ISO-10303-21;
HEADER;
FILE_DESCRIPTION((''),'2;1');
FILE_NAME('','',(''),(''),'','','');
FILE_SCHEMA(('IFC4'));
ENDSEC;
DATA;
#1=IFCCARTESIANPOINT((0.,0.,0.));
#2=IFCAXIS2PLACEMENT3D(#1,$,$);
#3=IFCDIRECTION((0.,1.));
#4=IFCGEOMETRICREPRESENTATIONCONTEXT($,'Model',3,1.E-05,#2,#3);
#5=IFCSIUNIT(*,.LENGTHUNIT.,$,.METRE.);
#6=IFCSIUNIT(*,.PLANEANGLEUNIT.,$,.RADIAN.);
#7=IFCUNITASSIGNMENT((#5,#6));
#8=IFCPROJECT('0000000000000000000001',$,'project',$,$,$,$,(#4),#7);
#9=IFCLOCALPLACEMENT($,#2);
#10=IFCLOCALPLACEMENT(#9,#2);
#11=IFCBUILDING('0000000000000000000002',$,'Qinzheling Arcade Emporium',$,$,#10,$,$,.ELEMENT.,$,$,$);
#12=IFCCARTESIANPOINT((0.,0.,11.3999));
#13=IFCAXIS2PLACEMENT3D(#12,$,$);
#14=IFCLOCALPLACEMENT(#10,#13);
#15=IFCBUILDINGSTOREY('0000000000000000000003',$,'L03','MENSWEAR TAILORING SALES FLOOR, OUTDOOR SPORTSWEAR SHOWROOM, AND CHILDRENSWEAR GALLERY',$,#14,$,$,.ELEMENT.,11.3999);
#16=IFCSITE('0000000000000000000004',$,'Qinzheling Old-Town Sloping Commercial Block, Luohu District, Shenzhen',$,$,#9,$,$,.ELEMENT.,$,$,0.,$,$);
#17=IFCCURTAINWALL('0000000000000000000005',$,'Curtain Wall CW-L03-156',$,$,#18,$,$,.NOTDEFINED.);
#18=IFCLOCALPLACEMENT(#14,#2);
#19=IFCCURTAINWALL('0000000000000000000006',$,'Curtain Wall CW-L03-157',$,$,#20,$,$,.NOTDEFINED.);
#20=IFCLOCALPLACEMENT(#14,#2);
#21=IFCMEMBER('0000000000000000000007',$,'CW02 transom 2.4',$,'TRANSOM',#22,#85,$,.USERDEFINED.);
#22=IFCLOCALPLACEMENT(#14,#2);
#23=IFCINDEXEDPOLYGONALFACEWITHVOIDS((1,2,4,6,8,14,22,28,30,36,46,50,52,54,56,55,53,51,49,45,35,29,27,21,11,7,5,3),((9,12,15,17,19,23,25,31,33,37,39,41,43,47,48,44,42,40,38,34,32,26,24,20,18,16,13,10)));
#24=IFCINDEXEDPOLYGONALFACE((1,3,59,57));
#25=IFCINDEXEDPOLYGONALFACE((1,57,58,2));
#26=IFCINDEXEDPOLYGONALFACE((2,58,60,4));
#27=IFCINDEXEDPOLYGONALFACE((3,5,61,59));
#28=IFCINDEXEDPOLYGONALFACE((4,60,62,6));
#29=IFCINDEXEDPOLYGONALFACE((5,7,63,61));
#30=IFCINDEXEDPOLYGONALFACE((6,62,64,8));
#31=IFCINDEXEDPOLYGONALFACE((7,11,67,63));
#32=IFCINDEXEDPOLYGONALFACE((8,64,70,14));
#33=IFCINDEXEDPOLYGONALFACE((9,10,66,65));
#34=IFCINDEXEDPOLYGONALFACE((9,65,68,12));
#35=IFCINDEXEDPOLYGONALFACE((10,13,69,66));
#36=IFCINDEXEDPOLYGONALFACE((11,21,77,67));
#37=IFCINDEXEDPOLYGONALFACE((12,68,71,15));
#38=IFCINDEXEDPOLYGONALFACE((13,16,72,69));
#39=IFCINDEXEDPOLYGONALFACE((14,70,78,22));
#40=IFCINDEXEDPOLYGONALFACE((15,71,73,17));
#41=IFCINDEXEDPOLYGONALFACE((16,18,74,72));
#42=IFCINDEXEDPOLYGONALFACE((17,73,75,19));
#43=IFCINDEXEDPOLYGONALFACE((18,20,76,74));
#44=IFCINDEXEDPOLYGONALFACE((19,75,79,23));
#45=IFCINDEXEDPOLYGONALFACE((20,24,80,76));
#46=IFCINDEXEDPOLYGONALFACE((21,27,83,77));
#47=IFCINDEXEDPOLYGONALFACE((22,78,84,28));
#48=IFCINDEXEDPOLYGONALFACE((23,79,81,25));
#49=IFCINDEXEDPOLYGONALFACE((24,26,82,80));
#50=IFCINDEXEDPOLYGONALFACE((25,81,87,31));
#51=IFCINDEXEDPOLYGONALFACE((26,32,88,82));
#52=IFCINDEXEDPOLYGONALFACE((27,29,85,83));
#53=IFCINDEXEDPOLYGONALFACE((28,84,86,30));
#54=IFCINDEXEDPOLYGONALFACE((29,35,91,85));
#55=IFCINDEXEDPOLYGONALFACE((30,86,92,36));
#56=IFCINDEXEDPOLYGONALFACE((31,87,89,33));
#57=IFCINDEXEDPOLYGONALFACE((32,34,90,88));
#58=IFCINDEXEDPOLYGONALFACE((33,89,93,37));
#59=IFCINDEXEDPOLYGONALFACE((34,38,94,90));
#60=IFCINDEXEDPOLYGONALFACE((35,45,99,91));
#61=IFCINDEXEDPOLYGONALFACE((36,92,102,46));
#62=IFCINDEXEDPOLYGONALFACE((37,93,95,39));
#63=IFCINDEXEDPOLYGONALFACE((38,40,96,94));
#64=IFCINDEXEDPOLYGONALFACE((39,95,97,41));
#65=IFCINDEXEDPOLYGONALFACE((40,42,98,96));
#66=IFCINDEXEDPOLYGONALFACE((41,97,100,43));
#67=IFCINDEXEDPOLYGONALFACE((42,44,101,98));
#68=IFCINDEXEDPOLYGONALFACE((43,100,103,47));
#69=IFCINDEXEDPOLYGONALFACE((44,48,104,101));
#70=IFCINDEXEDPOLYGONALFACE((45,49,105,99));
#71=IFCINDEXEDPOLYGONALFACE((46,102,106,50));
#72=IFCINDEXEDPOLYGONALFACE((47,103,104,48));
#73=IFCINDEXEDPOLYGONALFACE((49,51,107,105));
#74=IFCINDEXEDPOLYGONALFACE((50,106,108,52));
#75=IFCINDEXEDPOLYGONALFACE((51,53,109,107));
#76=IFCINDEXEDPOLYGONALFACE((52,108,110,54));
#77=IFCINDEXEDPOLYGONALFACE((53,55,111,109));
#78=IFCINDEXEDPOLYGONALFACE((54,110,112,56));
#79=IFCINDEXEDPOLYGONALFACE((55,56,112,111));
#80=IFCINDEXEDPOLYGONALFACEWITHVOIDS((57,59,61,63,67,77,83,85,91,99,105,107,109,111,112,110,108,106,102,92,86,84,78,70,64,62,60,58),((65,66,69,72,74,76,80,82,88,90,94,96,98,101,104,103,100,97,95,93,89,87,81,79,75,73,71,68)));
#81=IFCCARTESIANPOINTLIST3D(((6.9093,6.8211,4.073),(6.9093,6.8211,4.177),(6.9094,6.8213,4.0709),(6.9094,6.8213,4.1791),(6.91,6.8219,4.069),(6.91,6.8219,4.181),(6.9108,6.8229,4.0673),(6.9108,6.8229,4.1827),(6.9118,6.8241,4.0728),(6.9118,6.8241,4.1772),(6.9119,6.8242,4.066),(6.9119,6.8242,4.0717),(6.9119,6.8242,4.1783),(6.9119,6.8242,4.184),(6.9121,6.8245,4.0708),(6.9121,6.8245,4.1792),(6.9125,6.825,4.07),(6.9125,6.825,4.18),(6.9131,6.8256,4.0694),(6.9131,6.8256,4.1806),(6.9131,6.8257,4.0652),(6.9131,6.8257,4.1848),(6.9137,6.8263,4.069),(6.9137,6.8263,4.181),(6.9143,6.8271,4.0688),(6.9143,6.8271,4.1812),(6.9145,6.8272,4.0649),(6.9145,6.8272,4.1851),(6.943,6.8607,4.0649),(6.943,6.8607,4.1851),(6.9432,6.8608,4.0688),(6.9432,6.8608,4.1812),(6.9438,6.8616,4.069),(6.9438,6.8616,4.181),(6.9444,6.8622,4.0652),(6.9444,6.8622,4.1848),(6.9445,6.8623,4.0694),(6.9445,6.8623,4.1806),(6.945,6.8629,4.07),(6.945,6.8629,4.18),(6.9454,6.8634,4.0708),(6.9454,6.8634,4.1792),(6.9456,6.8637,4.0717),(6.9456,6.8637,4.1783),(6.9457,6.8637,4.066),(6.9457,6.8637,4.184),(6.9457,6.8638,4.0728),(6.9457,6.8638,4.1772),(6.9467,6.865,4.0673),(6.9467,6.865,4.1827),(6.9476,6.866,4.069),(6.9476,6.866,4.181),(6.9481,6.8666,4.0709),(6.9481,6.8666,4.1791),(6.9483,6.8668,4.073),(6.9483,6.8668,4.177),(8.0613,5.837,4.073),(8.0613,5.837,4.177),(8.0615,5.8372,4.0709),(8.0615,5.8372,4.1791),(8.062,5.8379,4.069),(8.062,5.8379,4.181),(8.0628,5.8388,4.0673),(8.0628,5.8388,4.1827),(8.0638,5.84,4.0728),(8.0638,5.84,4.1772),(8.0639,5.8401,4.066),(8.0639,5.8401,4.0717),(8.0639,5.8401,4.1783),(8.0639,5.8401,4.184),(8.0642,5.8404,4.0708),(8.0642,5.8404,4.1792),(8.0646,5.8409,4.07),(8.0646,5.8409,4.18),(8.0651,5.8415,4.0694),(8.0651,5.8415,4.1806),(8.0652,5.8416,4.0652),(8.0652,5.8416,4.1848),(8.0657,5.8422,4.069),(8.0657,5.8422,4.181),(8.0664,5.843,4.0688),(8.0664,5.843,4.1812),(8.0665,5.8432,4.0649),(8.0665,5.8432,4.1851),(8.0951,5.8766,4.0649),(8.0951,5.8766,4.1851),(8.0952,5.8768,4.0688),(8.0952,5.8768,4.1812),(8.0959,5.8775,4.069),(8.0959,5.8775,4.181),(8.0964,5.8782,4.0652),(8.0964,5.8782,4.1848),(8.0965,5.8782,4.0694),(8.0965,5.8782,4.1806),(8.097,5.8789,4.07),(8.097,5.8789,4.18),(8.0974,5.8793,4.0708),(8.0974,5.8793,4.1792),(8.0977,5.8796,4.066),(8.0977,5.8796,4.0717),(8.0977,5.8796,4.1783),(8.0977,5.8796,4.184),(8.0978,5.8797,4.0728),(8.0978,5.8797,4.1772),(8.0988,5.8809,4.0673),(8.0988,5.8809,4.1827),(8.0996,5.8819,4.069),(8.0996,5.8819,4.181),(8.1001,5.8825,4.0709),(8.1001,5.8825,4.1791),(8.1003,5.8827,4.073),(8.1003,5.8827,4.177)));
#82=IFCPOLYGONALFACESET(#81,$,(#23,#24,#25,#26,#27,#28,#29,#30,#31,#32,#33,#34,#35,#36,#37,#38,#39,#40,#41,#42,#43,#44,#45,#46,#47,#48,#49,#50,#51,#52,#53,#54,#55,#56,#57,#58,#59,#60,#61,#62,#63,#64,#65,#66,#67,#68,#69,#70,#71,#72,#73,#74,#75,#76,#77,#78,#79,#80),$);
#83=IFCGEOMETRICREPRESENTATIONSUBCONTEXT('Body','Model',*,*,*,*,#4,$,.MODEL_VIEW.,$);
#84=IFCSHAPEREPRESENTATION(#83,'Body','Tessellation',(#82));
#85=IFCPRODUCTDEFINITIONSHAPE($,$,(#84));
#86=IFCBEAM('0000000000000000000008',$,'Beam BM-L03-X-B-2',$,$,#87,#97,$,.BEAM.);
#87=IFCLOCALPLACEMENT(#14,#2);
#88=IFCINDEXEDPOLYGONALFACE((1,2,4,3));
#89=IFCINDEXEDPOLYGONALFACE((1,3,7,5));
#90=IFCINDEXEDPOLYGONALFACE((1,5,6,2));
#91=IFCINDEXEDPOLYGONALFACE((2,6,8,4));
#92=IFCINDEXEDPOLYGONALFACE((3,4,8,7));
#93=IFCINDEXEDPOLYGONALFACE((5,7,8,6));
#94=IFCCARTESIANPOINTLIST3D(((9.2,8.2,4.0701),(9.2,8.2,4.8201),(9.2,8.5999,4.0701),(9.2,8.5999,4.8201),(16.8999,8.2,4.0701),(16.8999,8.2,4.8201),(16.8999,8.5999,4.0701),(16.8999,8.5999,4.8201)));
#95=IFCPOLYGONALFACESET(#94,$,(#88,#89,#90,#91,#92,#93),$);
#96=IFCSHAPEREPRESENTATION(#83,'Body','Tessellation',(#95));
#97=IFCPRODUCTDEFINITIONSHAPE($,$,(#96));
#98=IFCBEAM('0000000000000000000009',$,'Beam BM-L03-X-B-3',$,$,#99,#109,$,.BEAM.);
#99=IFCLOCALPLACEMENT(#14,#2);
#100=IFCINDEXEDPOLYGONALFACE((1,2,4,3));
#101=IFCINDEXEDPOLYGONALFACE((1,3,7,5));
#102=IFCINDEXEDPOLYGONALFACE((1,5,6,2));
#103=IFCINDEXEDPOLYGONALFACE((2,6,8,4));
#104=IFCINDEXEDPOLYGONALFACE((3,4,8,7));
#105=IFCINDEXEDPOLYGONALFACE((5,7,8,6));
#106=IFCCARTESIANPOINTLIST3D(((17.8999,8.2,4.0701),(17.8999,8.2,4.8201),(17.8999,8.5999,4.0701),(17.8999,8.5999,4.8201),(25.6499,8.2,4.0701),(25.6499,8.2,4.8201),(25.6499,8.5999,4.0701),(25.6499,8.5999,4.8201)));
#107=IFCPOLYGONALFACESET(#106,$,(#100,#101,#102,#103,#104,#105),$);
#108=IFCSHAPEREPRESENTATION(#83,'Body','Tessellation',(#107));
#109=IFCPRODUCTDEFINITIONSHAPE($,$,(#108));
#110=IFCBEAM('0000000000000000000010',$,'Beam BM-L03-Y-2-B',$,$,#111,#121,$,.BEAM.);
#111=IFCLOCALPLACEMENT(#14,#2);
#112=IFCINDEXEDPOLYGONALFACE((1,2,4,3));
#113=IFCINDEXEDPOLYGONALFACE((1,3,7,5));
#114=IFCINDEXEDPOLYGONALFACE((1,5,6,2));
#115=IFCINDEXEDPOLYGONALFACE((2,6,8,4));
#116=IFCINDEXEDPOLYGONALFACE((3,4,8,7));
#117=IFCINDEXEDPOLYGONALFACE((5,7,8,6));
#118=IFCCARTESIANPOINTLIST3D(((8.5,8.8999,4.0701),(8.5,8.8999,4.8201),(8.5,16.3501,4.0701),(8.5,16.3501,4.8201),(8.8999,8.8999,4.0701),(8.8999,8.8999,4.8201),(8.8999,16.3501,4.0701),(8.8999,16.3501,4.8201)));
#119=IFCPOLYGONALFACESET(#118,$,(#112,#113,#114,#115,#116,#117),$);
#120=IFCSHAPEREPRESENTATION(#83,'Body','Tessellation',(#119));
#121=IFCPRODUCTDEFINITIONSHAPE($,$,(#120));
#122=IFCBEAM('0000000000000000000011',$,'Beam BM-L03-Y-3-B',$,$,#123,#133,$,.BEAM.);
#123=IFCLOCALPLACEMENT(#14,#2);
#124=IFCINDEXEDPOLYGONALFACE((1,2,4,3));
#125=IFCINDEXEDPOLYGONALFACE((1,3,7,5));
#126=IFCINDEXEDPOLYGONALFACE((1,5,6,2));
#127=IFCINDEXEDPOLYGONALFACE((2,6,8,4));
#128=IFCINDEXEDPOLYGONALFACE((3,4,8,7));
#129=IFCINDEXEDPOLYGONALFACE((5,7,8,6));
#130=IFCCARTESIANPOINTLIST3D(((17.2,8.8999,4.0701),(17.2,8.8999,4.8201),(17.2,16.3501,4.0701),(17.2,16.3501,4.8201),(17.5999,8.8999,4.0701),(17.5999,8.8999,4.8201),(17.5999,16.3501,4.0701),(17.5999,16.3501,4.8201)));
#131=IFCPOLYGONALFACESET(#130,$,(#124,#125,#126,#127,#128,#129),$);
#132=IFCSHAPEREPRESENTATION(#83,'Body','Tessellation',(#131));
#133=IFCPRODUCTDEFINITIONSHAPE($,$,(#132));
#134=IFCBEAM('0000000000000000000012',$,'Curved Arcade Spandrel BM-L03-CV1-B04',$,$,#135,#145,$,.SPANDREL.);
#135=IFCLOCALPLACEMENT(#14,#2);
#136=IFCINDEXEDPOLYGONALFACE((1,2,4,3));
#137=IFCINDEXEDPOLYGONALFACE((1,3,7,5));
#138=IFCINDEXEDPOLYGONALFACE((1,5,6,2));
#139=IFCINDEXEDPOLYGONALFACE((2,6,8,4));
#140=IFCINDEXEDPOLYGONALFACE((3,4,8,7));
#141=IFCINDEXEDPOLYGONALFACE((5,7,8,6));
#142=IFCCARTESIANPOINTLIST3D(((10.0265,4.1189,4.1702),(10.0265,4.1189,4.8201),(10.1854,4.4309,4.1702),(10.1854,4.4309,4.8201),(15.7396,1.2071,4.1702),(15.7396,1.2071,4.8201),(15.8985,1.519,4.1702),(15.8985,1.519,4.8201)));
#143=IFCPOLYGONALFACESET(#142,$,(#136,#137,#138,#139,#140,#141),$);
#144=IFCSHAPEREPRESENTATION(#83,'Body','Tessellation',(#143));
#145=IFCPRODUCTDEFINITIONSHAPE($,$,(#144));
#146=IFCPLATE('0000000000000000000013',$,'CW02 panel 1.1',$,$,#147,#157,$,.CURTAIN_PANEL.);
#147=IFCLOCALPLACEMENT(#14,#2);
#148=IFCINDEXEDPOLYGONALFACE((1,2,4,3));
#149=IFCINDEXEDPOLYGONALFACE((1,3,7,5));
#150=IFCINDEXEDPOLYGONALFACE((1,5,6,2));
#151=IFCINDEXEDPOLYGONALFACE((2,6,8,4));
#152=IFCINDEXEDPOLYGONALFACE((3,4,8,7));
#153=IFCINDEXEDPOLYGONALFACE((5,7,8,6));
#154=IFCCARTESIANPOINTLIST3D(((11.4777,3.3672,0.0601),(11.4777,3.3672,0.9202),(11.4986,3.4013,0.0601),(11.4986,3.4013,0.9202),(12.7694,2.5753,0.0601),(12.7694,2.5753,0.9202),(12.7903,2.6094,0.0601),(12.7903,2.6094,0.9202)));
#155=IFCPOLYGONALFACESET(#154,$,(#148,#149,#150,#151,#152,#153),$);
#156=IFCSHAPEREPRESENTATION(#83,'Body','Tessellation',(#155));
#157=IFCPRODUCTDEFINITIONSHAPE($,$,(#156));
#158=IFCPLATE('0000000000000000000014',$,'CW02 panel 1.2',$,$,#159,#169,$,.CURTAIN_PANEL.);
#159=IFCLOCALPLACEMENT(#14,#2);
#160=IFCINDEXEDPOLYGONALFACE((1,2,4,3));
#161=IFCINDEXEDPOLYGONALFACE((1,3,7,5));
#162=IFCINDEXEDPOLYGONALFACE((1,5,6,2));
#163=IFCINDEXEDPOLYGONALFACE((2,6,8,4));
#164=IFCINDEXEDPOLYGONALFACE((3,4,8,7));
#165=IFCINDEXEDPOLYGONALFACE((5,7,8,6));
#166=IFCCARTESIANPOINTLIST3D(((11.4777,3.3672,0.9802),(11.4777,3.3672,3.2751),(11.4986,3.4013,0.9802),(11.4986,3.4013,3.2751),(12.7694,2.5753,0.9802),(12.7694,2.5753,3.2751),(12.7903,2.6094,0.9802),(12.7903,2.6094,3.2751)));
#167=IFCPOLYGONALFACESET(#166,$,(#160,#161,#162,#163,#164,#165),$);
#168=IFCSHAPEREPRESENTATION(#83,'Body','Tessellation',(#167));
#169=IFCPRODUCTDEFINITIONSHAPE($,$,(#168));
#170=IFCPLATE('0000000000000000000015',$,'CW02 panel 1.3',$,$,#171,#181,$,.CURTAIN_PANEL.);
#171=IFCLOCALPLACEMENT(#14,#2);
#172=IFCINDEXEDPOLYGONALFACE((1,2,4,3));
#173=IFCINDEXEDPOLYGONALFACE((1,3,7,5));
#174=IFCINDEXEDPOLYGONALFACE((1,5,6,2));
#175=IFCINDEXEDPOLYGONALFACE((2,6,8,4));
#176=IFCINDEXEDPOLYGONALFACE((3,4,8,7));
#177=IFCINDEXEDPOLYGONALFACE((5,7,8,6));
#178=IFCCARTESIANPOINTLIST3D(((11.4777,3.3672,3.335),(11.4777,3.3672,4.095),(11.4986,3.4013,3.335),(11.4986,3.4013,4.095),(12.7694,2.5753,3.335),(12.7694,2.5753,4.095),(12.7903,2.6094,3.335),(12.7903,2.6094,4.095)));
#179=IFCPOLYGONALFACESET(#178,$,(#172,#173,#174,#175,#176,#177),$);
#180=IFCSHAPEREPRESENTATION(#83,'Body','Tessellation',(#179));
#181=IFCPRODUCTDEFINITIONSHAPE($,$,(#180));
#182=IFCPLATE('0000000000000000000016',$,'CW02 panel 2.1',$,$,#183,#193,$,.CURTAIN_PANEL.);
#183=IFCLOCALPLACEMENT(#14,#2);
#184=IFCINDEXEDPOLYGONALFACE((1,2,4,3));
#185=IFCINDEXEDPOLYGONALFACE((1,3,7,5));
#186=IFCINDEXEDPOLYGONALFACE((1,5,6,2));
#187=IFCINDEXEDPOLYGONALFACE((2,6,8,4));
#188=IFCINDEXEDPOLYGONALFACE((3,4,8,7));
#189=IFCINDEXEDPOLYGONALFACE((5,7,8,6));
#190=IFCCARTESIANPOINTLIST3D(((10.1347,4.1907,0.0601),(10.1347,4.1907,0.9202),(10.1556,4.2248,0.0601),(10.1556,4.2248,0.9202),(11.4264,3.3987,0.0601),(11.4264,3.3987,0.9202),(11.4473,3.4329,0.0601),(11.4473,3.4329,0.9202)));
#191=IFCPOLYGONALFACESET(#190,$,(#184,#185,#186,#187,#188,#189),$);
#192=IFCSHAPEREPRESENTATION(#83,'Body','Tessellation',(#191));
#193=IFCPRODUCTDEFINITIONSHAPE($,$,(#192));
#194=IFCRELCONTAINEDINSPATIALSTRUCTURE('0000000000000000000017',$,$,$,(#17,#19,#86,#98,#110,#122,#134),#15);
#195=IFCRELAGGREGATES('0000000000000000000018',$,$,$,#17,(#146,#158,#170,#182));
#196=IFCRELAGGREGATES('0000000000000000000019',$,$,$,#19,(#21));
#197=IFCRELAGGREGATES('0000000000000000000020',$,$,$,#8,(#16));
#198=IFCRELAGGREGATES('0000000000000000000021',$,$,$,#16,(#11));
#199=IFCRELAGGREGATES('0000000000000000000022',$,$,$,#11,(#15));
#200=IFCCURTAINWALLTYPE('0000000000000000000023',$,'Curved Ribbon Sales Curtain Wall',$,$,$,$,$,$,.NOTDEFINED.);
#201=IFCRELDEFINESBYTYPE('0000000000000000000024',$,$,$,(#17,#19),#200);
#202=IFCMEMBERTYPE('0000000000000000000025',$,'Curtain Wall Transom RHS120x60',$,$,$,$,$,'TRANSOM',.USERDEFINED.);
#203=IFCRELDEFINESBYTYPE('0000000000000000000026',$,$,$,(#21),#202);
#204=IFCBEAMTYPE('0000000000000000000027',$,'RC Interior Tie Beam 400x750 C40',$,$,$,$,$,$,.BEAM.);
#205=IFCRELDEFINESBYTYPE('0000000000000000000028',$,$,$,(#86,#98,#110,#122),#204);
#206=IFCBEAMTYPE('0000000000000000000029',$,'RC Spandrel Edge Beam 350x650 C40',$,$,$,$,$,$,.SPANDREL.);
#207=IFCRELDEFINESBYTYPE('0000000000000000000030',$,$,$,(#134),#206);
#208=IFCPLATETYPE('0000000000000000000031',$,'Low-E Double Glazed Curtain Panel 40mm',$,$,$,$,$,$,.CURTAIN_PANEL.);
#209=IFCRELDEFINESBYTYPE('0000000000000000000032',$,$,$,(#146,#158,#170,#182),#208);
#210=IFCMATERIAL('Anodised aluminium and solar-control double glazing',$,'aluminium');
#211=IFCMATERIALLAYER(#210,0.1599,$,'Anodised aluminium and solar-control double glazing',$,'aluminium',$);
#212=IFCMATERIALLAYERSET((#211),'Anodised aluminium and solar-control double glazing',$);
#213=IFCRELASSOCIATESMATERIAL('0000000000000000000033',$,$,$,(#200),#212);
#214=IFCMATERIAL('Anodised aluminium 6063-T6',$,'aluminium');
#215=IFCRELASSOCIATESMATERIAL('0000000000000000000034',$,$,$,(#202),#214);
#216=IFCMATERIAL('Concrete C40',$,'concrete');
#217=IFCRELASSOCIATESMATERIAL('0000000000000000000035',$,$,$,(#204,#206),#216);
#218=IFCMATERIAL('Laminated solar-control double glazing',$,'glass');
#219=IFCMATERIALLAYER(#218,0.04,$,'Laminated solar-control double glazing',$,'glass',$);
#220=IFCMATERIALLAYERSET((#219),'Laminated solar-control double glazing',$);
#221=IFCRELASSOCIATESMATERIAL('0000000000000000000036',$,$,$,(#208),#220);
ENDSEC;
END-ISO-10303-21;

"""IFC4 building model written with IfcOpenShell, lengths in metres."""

from ifc_helpers import new_model, si_unit, direction, frame, origin, origin_2d, place, context, subcontext, project, spatial, rectangle, hollow_rectangle, extrude, material, layer, layer_set, material_profile, profile_set, type_object, element, aggregate, save


model = new_model("IFC4")

# Units and contexts
model_context = context("Model", 3, precision=1e-05, world=origin(), true_north=direction((0.0, 1.0)))
body_context = subcontext(model_context, "Body", "Model", "MODEL_VIEW")
ifc_project = project(units=[si_unit("LENGTHUNIT", "METRE"), si_unit("PLANEANGLEUNIT", "RADIAN")], contexts=[model_context])

# Site, building, storey
site_placement = place(None, origin())
site = spatial("IfcSite", under=ifc_project, at=site_placement, Name="Qinzheling Old-Town Sloping Commercial Block, Luohu District, Shenzhen", CompositionType="ELEMENT", RefElevation=0.0)
building_placement = place(site_placement, origin())
building = spatial("IfcBuilding", under=site, at=building_placement, Name="Qinzheling Arcade Emporium", CompositionType="ELEMENT")
storey_placement = place(building_placement, frame((0.0, 0.0, 11.3999)))
storey = spatial("IfcBuildingStorey", under=building, at=storey_placement, Name="L03", Description="MENSWEAR TAILORING SALES FLOOR, OUTDOOR SPORTSWEAR SHOWROOM, AND CHILDRENSWEAR GALLERY", CompositionType="ELEMENT", Elevation=11.3999)

# Curtain walls
ifc_material_1 = material(Name="Anodised aluminium and solar-control double glazing", Category="aluminium")
ifc_layer_1 = layer(ifc_material_1, 0.1599, Name="Anodised aluminium and solar-control double glazing", Category="aluminium")
ifc_layer_set_1 = layer_set([ifc_layer_1], Name="Anodised aluminium and solar-control double glazing")
curtain_wall_type = type_object("IfcCurtainWallType", Name="Curved Ribbon Sales Curtain Wall", PredefinedType="NOTDEFINED", material=ifc_layer_set_1)
curtain_wall_1_placement = place(storey_placement, origin())
curtain_wall_1 = element("IfcCurtainWall", 1, at=curtain_wall_1_placement, inside=storey, type_object=curtain_wall_type, Name="Curtain Wall CW-L03-156", PredefinedType="NOTDEFINED")
ifc_material_2 = material(Name="Anodised aluminium 6063-T6", Category="aluminium")
curtain_wall_2_placement = place(storey_placement, origin())
curtain_wall_2 = element("IfcCurtainWall", 2, at=curtain_wall_2_placement, inside=storey, type_object=curtain_wall_type, Name="Curtain Wall CW-L03-157", PredefinedType="NOTDEFINED")

# Member
ifc_material_profile_1 = material_profile(ifc_material_2, hollow_rectangle(XDim=0.0601, YDim=0.1201, WallThickness=0.0039, InnerFilletRadius=0.0039, OuterFilletRadius=0.0081, at=origin_2d()), Name="RHS 120x60x4", Category="aluminium")
ifc_profile_set_1 = profile_set([ifc_material_profile_1], Name="Anodised aluminium 6063-T6")
member_type_1 = type_object("IfcMemberType", Name="Curtain Wall Transom RHS120x60", ElementType="TRANSOM", PredefinedType="USERDEFINED", material=ifc_profile_set_1)
member_1_placement = place(storey_placement, frame((8.0808, 5.8599, 4.125), z_axis=(-0.760359, 0.649503, 0.0), x_axis=(-0.649503, -0.760359, 0.0)))
member_1 = element("IfcMember", 3, at=member_1_placement, type_object=member_type_1, Name="CW02 transom 2.4", ObjectType="TRANSOM", PredefinedType="USERDEFINED", context=body_context, shape_type="SweptSolid", body=[
    extrude(hollow_rectangle(XDim=0.0601, YDim=0.1201, WallThickness=0.0039, InnerFilletRadius=0.0039, OuterFilletRadius=0.0081, at=origin_2d()), origin(), (0.0, 0.0, 1.0), 1.5151),
])

# Beams
ifc_material_3 = material(Name="Concrete C40", Category="concrete")
ifc_material_profile_2 = material_profile(ifc_material_3, rectangle(XDim=0.3999, YDim=0.75, at=origin_2d()), Name="RC 400x750", Category="concrete")
ifc_profile_set_2 = profile_set([ifc_material_profile_2], Name="Concrete C40")
beam_type_1 = type_object("IfcBeamType", Name="RC Interior Tie Beam 400x750 C40", PredefinedType="BEAM", material=ifc_profile_set_2)
beam_1_placement = place(storey_placement, frame((9.2, 8.3999, 4.4451), z_axis=(1.0, 0.0, 0.0), x_axis=(0.0, 1.0, 0.0)))
element("IfcBeam", 4, at=beam_1_placement, inside=storey, type_object=beam_type_1, Name="Beam BM-L03-X-B-2", PredefinedType="BEAM", context=body_context, shape_type="SweptSolid", body=[
    extrude(rectangle(XDim=0.3999, YDim=0.75, at=origin_2d()), origin(), (0.0, 0.0, 1.0), 7.7),
])
beam_2_placement = place(storey_placement, frame((17.8999, 8.3999, 4.4451), z_axis=(1.0, 0.0, 0.0), x_axis=(0.0, 1.0, 0.0)))
element("IfcBeam", 5, at=beam_2_placement, inside=storey, type_object=beam_type_1, Name="Beam BM-L03-X-B-3", PredefinedType="BEAM", context=body_context, shape_type="SweptSolid", body=[
    extrude(rectangle(XDim=0.3999, YDim=0.75, at=origin_2d()), origin(), (0.0, 0.0, 1.0), 7.75),
])
for number, where, z_axis, x_axis, name in (
    (6, (8.7, 8.8999, 4.4451), (0.0, 1.0, 0.0), (-1.0, 0.0, 0.0), "Beam BM-L03-Y-2-B"),
    (7, (17.3999, 8.8999, 4.4451), (0.0, 1.0, 0.0), (-1.0, 0.0, 0.0), "Beam BM-L03-Y-3-B"),
):
    element("IfcBeam", number, at=place(storey_placement, frame(where, z_axis=z_axis, x_axis=x_axis)), inside=storey, type_object=beam_type_1, Name=name, PredefinedType="BEAM", context=body_context, shape_type="SweptSolid", body=[
        extrude(rectangle(XDim=0.3999, YDim=0.75, at=origin_2d()), origin(), (0.0, 0.0, 1.0), 7.4502),
    ])
ifc_material_profile_3 = material_profile(ifc_material_3, rectangle(XDim=0.3501, YDim=0.6499, at=origin_2d()), Name="RC 350x650", Category="concrete")
ifc_profile_set_3 = profile_set([ifc_material_profile_3], Name="Concrete C40")
beam_type_2 = type_object("IfcBeamType", Name="RC Spandrel Edge Beam 350x650 C40", PredefinedType="SPANDREL", material=ifc_profile_set_3)
beam_3_placement = place(storey_placement, frame((10.106, 4.2749, 4.4951), z_axis=(0.890951, -0.454099, 0.0), x_axis=(0.454099, 0.890951, 0.0)))
element("IfcBeam", 8, at=beam_3_placement, inside=storey, type_object=beam_type_2, Name="Curved Arcade Spandrel BM-L03-CV1-B04", PredefinedType="SPANDREL", context=body_context, shape_type="SweptSolid", body=[
    extrude(rectangle(XDim=0.3501, YDim=0.6499, at=origin_2d()), origin(), (0.0, 0.0, 1.0), 6.4124),
])

# Plates
ifc_material_4 = material(Name="Laminated solar-control double glazing", Category="glass")
ifc_layer_2 = layer(ifc_material_4, 0.04, Name="Laminated solar-control double glazing", Category="glass")
ifc_layer_set_2 = layer_set([ifc_layer_2], Name="Laminated solar-control double glazing")
plate_type_1 = type_object("IfcPlateType", Name="Low-E Double Glazed Curtain Panel 40mm", PredefinedType="CURTAIN_PANEL", material=ifc_layer_set_2)
plate_1_placement = place(storey_placement, frame((12.134, 2.9883, 0.0601), z_axis=(0.0, 0.0, 1.0), x_axis=(-0.852534, 0.522672, 0.0)))
plate_1 = element("IfcPlate", 9, at=plate_1_placement, type_object=plate_type_1, Name="CW02 panel 1.1", PredefinedType="CURTAIN_PANEL", context=body_context, shape_type="SweptSolid", body=[
    extrude(rectangle(XDim=1.5151, YDim=0.04, at=origin_2d()), origin(), (0.0, 0.0, 1.0), 0.8601),
])
plate_2_placement = place(storey_placement, frame((12.134, 2.9883, 0.9802), z_axis=(0.0, 0.0, 1.0), x_axis=(-0.852534, 0.522672, 0.0)))
plate_2 = element("IfcPlate", 10, at=plate_2_placement, type_object=plate_type_1, Name="CW02 panel 1.2", PredefinedType="CURTAIN_PANEL", context=body_context, shape_type="SweptSolid", body=[
    extrude(rectangle(XDim=1.5151, YDim=0.04, at=origin_2d()), origin(), (0.0, 0.0, 1.0), 2.2949),
])
plate_3_placement = place(storey_placement, frame((12.134, 2.9883, 3.335), z_axis=(0.0, 0.0, 1.0), x_axis=(-0.852534, 0.522672, 0.0)))
plate_3 = element("IfcPlate", 11, at=plate_3_placement, type_object=plate_type_1, Name="CW02 panel 1.3", PredefinedType="CURTAIN_PANEL", context=body_context, shape_type="SweptSolid", body=[
    extrude(rectangle(XDim=1.5151, YDim=0.04, at=origin_2d()), origin(), (0.0, 0.0, 1.0), 0.76),
])
plate_4_placement = place(storey_placement, frame((10.791, 3.8118, 0.0601), z_axis=(0.0, 0.0, 1.0), x_axis=(-0.852534, 0.522672, 0.0)))
plate_4 = element("IfcPlate", 12, at=plate_4_placement, type_object=plate_type_1, Name="CW02 panel 2.1", PredefinedType="CURTAIN_PANEL", context=body_context, shape_type="SweptSolid", body=[
    extrude(rectangle(XDim=1.5151, YDim=0.04, at=origin_2d()), origin(), (0.0, 0.0, 1.0), 0.8601),
])
aggregate(curtain_wall_1, [plate_1, plate_2, plate_3, plate_4])
aggregate(curtain_wall_2, [member_1])

save(model, "model.ifc")
